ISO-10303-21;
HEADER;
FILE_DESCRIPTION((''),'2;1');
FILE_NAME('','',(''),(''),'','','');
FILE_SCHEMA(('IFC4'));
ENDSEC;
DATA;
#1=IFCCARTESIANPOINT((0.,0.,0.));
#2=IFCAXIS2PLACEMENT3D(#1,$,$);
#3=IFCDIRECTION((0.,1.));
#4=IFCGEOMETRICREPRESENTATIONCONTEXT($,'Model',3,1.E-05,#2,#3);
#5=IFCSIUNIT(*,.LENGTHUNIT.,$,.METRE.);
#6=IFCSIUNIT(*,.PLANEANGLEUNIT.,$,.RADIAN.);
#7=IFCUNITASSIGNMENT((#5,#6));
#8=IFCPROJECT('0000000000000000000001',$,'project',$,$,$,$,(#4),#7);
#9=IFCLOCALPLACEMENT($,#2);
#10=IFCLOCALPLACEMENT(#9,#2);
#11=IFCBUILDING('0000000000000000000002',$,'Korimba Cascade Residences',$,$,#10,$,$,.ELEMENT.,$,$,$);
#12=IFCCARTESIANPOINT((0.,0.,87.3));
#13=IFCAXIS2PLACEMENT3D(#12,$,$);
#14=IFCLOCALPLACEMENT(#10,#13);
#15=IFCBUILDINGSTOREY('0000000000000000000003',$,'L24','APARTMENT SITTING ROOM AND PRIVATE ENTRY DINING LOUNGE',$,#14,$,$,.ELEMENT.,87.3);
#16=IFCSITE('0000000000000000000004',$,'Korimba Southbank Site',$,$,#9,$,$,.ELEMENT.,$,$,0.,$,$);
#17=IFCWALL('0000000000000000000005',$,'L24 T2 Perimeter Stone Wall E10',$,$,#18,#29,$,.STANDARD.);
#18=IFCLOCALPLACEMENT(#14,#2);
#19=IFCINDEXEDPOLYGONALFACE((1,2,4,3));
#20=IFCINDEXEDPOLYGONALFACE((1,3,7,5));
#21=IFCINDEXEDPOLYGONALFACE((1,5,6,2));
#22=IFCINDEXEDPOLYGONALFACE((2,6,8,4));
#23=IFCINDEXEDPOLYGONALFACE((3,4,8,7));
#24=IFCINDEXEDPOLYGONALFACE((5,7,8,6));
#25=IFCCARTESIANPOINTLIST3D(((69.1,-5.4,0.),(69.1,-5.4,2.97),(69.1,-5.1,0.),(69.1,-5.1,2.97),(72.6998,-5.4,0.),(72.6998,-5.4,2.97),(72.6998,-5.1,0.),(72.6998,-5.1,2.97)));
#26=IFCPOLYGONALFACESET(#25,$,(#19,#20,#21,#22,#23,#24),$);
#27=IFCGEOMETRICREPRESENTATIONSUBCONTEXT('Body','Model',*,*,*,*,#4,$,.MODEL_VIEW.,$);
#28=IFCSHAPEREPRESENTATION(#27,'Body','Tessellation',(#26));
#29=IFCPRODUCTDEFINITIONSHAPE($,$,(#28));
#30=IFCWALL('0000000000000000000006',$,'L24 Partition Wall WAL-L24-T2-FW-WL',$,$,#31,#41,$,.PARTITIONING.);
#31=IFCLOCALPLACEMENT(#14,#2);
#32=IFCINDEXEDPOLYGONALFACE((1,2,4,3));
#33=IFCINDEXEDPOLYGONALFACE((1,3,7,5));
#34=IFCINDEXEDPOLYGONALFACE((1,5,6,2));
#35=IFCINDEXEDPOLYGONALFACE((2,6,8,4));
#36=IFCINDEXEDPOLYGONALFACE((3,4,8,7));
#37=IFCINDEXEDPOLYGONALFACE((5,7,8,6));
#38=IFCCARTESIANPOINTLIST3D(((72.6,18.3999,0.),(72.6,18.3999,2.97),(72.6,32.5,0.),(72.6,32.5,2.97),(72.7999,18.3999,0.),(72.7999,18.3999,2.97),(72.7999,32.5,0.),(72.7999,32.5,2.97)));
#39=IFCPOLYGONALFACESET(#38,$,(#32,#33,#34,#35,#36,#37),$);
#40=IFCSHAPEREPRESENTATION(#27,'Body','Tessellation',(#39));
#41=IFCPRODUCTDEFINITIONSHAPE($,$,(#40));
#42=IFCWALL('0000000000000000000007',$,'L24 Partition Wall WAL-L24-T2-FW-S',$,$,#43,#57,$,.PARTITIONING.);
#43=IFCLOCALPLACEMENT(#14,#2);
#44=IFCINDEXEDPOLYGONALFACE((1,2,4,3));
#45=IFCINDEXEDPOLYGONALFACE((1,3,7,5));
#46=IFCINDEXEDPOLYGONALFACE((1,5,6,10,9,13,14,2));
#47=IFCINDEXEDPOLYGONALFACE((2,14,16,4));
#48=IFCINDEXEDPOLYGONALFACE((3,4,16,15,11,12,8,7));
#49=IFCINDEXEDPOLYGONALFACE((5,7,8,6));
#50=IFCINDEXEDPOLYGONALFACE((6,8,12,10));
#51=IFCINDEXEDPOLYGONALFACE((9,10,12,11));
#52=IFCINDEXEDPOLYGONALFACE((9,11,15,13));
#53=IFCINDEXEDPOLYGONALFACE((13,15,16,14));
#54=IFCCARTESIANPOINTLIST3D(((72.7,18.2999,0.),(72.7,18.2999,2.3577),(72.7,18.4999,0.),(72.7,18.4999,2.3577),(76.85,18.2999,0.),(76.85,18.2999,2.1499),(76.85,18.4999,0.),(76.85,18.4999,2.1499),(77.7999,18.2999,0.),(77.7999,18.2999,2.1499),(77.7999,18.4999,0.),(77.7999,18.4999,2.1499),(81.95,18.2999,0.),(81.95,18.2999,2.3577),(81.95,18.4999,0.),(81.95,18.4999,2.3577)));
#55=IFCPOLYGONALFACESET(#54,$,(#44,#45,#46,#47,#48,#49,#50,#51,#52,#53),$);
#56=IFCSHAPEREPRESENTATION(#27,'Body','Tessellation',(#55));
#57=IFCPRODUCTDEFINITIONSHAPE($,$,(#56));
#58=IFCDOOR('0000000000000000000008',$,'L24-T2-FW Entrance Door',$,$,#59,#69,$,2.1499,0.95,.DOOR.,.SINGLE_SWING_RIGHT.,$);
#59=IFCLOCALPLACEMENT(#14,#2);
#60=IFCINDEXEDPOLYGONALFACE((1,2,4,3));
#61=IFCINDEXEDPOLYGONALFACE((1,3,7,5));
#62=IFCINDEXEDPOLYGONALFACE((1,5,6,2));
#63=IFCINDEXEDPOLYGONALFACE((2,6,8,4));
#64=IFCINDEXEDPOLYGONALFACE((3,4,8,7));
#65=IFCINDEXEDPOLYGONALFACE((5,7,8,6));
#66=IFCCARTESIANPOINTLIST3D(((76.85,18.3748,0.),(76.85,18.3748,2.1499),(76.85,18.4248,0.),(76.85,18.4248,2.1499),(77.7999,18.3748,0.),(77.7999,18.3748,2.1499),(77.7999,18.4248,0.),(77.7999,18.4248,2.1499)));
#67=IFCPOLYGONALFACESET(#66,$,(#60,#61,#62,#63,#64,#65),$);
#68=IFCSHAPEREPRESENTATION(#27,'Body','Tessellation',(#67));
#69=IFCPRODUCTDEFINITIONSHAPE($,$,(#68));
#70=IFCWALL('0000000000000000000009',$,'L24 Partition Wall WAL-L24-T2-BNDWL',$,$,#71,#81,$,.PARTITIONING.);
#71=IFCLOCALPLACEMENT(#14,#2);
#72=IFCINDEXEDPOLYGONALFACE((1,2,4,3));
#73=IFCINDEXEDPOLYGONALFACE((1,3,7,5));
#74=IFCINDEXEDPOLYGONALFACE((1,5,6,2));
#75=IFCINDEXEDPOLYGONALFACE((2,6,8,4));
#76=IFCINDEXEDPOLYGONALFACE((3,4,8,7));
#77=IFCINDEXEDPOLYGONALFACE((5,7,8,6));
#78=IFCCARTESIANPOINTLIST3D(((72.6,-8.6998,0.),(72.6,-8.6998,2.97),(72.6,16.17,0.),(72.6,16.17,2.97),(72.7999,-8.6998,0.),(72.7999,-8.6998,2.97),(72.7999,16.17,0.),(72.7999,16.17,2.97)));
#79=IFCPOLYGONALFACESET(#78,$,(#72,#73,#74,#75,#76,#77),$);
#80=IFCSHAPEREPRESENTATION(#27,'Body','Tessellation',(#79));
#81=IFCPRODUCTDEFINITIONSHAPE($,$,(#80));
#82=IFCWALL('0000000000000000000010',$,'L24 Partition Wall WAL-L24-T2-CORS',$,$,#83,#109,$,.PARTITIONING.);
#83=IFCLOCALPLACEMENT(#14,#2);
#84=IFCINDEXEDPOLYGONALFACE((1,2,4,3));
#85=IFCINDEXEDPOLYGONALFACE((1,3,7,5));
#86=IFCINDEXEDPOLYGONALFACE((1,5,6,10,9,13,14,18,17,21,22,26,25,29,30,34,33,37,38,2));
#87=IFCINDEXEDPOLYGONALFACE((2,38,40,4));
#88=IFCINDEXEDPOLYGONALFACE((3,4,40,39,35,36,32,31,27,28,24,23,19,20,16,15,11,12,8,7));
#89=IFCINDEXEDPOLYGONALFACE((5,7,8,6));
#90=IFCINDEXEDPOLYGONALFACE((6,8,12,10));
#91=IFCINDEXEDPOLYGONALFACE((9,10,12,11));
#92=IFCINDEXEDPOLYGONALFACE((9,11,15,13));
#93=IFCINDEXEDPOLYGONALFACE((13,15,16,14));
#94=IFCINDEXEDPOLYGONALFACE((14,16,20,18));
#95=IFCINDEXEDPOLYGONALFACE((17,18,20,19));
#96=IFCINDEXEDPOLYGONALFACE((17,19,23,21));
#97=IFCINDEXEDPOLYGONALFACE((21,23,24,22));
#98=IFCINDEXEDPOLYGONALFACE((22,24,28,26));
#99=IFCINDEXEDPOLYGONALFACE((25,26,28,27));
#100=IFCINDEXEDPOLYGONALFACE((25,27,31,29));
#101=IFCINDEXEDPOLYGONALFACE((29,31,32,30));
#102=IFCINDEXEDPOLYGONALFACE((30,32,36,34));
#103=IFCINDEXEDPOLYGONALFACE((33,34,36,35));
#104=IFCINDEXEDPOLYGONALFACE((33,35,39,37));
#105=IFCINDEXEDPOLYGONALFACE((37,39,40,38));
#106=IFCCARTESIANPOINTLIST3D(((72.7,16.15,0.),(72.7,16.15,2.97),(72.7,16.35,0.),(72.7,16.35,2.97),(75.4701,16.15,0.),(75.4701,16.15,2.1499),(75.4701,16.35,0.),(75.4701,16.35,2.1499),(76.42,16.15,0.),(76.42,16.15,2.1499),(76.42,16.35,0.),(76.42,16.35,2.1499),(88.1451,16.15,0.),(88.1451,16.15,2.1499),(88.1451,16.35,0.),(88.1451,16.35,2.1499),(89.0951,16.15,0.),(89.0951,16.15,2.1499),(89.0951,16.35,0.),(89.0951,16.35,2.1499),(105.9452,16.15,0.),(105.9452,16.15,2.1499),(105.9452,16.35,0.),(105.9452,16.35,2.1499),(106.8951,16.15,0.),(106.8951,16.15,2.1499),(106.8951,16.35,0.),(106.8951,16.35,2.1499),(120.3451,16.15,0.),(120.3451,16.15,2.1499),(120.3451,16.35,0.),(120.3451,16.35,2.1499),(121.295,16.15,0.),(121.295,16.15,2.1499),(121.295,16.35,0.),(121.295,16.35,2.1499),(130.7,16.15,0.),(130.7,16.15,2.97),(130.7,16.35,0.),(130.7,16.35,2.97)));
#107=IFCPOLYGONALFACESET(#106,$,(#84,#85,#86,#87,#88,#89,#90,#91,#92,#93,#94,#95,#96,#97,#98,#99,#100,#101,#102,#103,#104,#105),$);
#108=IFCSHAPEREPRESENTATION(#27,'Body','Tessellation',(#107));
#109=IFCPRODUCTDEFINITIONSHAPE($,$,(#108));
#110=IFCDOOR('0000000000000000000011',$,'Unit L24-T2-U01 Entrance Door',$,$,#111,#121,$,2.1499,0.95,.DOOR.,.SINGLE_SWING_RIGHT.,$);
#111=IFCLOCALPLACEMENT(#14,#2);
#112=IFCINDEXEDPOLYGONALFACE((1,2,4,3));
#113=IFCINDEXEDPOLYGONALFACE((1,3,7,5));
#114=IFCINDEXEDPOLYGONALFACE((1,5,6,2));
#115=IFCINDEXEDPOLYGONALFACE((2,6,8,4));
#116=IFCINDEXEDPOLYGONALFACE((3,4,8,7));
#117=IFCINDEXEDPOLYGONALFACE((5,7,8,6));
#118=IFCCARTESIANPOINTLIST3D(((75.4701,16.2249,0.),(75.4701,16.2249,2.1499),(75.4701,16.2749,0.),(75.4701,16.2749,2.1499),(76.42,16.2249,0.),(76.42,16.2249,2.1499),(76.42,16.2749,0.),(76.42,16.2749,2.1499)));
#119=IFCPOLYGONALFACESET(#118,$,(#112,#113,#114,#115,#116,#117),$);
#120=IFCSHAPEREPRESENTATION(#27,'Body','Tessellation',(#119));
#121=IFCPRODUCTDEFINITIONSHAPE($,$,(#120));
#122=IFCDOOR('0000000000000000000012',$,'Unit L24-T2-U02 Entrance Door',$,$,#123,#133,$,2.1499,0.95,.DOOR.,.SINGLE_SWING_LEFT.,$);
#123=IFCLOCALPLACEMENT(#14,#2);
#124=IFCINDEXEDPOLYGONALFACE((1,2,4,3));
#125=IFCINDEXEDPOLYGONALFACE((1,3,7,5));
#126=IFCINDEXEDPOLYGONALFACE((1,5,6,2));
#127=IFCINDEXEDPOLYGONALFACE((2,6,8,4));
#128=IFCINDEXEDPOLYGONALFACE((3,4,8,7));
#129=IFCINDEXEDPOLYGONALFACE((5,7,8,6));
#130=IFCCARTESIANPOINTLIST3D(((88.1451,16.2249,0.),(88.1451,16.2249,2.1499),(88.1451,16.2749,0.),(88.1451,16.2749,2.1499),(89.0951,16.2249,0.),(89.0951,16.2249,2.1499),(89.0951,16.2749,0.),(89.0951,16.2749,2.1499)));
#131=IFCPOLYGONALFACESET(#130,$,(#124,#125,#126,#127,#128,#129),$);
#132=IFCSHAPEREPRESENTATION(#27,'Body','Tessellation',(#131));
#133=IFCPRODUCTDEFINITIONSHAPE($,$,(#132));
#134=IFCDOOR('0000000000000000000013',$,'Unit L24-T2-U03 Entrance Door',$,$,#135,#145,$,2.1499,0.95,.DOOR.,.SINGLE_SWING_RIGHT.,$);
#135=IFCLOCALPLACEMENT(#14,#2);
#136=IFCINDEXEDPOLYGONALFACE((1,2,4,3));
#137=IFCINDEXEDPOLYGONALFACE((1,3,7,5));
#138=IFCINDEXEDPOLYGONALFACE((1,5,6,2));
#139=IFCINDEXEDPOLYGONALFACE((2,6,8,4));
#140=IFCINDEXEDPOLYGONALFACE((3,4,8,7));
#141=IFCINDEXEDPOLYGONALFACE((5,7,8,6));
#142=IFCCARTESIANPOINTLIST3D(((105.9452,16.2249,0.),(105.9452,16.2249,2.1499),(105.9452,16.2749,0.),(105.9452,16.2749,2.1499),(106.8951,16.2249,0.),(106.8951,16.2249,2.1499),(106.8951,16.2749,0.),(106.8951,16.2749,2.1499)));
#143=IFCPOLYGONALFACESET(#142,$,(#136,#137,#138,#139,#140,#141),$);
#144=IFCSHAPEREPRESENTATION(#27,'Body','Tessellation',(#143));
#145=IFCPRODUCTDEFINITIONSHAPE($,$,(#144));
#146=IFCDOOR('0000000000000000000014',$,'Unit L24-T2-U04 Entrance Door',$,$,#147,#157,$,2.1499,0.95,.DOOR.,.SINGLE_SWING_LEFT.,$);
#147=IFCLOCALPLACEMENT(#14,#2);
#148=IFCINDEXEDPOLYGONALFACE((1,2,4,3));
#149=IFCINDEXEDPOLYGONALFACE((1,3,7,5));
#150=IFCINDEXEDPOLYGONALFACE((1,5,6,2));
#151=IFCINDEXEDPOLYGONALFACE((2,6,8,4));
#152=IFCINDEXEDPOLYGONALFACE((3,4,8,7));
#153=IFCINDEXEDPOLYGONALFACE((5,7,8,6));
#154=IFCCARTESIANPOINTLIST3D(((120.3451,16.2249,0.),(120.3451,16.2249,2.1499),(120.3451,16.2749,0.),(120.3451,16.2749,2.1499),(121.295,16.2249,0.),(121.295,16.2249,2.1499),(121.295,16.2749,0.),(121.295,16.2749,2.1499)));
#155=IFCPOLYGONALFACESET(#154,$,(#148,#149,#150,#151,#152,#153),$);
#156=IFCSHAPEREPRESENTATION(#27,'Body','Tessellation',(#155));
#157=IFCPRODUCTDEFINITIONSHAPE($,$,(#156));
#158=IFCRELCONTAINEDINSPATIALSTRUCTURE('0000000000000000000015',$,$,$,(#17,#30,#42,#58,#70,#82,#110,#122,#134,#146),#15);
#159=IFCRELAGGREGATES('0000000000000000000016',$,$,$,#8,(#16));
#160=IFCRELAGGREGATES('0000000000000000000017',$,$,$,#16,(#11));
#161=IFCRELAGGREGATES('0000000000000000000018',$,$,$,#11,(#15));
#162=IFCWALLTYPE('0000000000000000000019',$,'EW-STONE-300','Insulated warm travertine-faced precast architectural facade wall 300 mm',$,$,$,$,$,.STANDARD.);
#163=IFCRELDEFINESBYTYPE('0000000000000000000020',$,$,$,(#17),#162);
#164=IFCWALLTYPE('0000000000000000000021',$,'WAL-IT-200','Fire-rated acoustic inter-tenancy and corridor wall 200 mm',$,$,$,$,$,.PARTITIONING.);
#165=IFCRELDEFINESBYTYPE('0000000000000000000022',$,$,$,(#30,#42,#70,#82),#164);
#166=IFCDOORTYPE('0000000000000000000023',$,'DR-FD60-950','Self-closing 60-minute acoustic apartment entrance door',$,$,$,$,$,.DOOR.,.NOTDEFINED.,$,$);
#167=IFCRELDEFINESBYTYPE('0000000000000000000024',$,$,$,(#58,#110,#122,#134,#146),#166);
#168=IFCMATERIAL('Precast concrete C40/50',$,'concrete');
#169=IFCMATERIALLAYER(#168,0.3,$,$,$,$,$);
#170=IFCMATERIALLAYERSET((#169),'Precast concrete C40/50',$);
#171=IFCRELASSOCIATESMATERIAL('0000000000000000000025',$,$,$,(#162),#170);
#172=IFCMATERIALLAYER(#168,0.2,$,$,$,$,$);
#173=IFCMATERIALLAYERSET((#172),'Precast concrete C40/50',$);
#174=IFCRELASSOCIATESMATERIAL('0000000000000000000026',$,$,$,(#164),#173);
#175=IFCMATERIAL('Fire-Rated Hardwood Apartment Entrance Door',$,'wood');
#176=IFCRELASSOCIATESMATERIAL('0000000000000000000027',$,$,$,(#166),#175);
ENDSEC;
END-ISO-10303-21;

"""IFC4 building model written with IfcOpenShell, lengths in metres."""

from ifc_helpers import new_model, si_unit, direction, frame, frame_2d, origin, place, context, subcontext, project, spatial, rectangle, extrude, material, layer, layer_set, type_object, element, fill, save


model = new_model("IFC4")

# Units and contexts
model_context = context("Model", 3, precision=1e-05, world=origin(), true_north=direction((0.0, 1.0)))
body_context = subcontext(model_context, "Body", "Model", "MODEL_VIEW")
ifc_project = project(units=[si_unit("LENGTHUNIT", "METRE"), si_unit("PLANEANGLEUNIT", "RADIAN")], contexts=[model_context])

# Site, building, storey
site_placement = place(None, origin())
site = spatial("IfcSite", under=ifc_project, at=site_placement, Name="Korimba Southbank Site", CompositionType="ELEMENT", RefElevation=0.0)
building_placement = place(site_placement, origin())
building = spatial("IfcBuilding", under=site, at=building_placement, Name="Korimba Cascade Residences", CompositionType="ELEMENT")
storey_placement = place(building_placement, frame((0.0, 0.0, 87.3)))
storey = spatial("IfcBuildingStorey", under=building, at=storey_placement, Name="L24", Description="APARTMENT SITTING ROOM AND PRIVATE ENTRY DINING LOUNGE", CompositionType="ELEMENT", Elevation=87.3)

# Shared definitions
ifc_material_1 = material(Name="Precast concrete C40/50", Category="concrete")

# Walls
ifc_layer_1 = layer(ifc_material_1, 0.3)
ifc_layer_set_1 = layer_set([ifc_layer_1], Name="Precast concrete C40/50")
wall_type_1 = type_object("IfcWallType", Name="EW-STONE-300", Description="Insulated warm travertine-faced precast architectural facade wall 300 mm", PredefinedType="STANDARD", material=ifc_layer_set_1)
wall_1_placement = place(storey_placement, frame((69.1001, -5.25, 0.0), z_axis=(0.0, 0.0, 1.0), x_axis=(1.0, 0.0, 0.0)))
element("IfcWall", 1, at=wall_1_placement, inside=storey, type_object=wall_type_1, Name="L24 T2 Perimeter Stone Wall E10", PredefinedType="STANDARD", context=body_context, shape_type="SweptSolid", body=[
    extrude(rectangle(XDim=3.5999, YDim=0.3, at=frame_2d((1.7998, 0.0))), origin(), (0.0, 0.0, 1.0), 2.97),
])
ifc_layer_2 = layer(ifc_material_1, 0.2)
ifc_layer_set_2 = layer_set([ifc_layer_2], Name="Precast concrete C40/50")
wall_type_2 = type_object("IfcWallType", Name="WAL-IT-200", Description="Fire-rated acoustic inter-tenancy and corridor wall 200 mm", PredefinedType="PARTITIONING", material=ifc_layer_set_2)
wall_2_placement = place(storey_placement, frame((72.7, 18.3999, 0.0), z_axis=(0.0, 0.0, 1.0), x_axis=(0.0, 1.0, 0.0)))
element("IfcWall", 2, at=wall_2_placement, inside=storey, type_object=wall_type_2, Name="L24 Partition Wall WAL-L24-T2-FW-WL", PredefinedType="PARTITIONING", context=body_context, shape_type="SweptSolid", body=[
    extrude(rectangle(XDim=14.1001, YDim=0.2, at=frame_2d((7.05, 0.0))), origin(), (0.0, 0.0, 1.0), 2.97),
])

# Wall, opening, door
wall_3_placement = place(storey_placement, frame((72.7, 18.3999, 0.0), z_axis=(0.0, 0.0, 1.0), x_axis=(1.0, 0.0, 0.0)))
wall_3 = element("IfcWall", 3, at=wall_3_placement, inside=storey, type_object=wall_type_2, Name="L24 Partition Wall WAL-L24-T2-FW-S", PredefinedType="PARTITIONING", context=body_context, shape_type="SweptSolid", body=[
    extrude(rectangle(XDim=9.25, YDim=0.2, at=frame_2d((4.625, 0.0))), origin(), (0.0, 0.0, 1.0), 2.3577),
])
opening_1_placement = place(wall_3_placement, frame((4.1499, 0.0, 0.0)))
opening_1 = element("IfcOpeningElement", 4, at=opening_1_placement, cuts=wall_3, PredefinedType="OPENING", context=body_context, shape_type="SweptSolid", body=[
    extrude(rectangle(XDim=0.95, YDim=2.1499, at=frame_2d((0.4751, 1.075))), frame((0.0, 0.1099, 0.0), z_axis=(0.0, -1.0, 0.0), x_axis=(1.0, 0.0, 0.0)), (0.0, 0.0, 1.0), 0.22),
])
ifc_material_2 = material(Name="Fire-Rated Hardwood Apartment Entrance Door", Category="wood")
door_type_1 = type_object("IfcDoorType", Name="DR-FD60-950", Description="Self-closing 60-minute acoustic apartment entrance door", OperationType="NOTDEFINED", PredefinedType="DOOR", material=ifc_material_2)
door_1_placement = place(opening_1_placement, origin())
door_1 = element("IfcDoor", 5, at=door_1_placement, inside=storey, type_object=door_type_1, Name="L24-T2-FW Entrance Door", OperationType="SINGLE_SWING_RIGHT", OverallHeight=2.1499, OverallWidth=0.95, PredefinedType="DOOR", context=body_context, shape_type="SweptSolid", body=[
    extrude(rectangle(XDim=0.95, YDim=2.1499, at=frame_2d((0.4751, 1.075))), frame((0.0, 0.0249, 0.0), z_axis=(0.0, -1.0, 0.0), x_axis=(1.0, 0.0, 0.0)), (0.0, 0.0, 1.0), 0.05),
])
fill(opening_1, door_1)

# Wall
wall_4_placement = place(storey_placement, frame((72.7, -8.7, 0.0), z_axis=(0.0, 0.0, 1.0), x_axis=(0.0, 1.0, 0.0)))
element("IfcWall", 6, at=wall_4_placement, inside=storey, type_object=wall_type_2, Name="L24 Partition Wall WAL-L24-T2-BNDWL", PredefinedType="PARTITIONING", context=body_context, shape_type="SweptSolid", body=[
    extrude(rectangle(XDim=24.8699, YDim=0.2, at=frame_2d((12.4351, 0.0))), origin(), (0.0, 0.0, 1.0), 2.97),
])

# Wall, openings, doors
wall_5_placement = place(storey_placement, frame((72.7, 16.25, 0.0), z_axis=(0.0, 0.0, 1.0), x_axis=(1.0, 0.0, 0.0)))
wall_5 = element("IfcWall", 7, at=wall_5_placement, inside=storey, type_object=wall_type_2, Name="L24 Partition Wall WAL-L24-T2-CORS", PredefinedType="PARTITIONING", context=body_context, shape_type="SweptSolid", body=[
    extrude(rectangle(XDim=58.0, YDim=0.2, at=frame_2d((29.0, 0.0))), origin(), (0.0, 0.0, 1.0), 2.97),
])
opening_2_placement = place(wall_5_placement, frame((2.77, 0.0, 0.0)))
opening_2 = element("IfcOpeningElement", 8, at=opening_2_placement, cuts=wall_5, PredefinedType="OPENING", context=body_context, shape_type="SweptSolid", body=[
    extrude(rectangle(XDim=0.95, YDim=2.1499, at=frame_2d((0.4751, 1.075))), frame((0.0, 0.1099, 0.0), z_axis=(0.0, -1.0, 0.0), x_axis=(1.0, 0.0, 0.0)), (0.0, 0.0, 1.0), 0.22),
])
opening_3_placement = place(wall_5_placement, frame((15.4451, 0.0, 0.0)))
opening_3 = element("IfcOpeningElement", 9, at=opening_3_placement, cuts=wall_5, PredefinedType="OPENING", context=body_context, shape_type="SweptSolid", body=[
    extrude(rectangle(XDim=0.95, YDim=2.1499, at=frame_2d((0.4751, 1.075))), frame((0.0, 0.1099, 0.0), z_axis=(0.0, -1.0, 0.0), x_axis=(1.0, 0.0, 0.0)), (0.0, 0.0, 1.0), 0.22),
])
opening_4_placement = place(wall_5_placement, frame((33.2451, 0.0, 0.0)))
opening_4 = element("IfcOpeningElement", 10, at=opening_4_placement, cuts=wall_5, PredefinedType="OPENING", context=body_context, shape_type="SweptSolid", body=[
    extrude(rectangle(XDim=0.95, YDim=2.1499, at=frame_2d((0.4751, 1.075))), frame((0.0, 0.1099, 0.0), z_axis=(0.0, -1.0, 0.0), x_axis=(1.0, 0.0, 0.0)), (0.0, 0.0, 1.0), 0.22),
])
opening_5_placement = place(wall_5_placement, frame((47.645, 0.0, 0.0)))
opening_5 = element("IfcOpeningElement", 11, at=opening_5_placement, cuts=wall_5, PredefinedType="OPENING", context=body_context, shape_type="SweptSolid", body=[
    extrude(rectangle(XDim=0.95, YDim=2.1499, at=frame_2d((0.4751, 1.075))), frame((0.0, 0.1099, 0.0), z_axis=(0.0, -1.0, 0.0), x_axis=(1.0, 0.0, 0.0)), (0.0, 0.0, 1.0), 0.22),
])
door_2_placement = place(opening_2_placement, origin())
door_2 = element("IfcDoor", 12, at=door_2_placement, inside=storey, type_object=door_type_1, Name="Unit L24-T2-U01 Entrance Door", OperationType="SINGLE_SWING_RIGHT", OverallHeight=2.1499, OverallWidth=0.95, PredefinedType="DOOR", context=body_context, shape_type="SweptSolid", body=[
    extrude(rectangle(XDim=0.95, YDim=2.1499, at=frame_2d((0.4751, 1.075))), frame((0.0, 0.0249, 0.0), z_axis=(0.0, -1.0, 0.0), x_axis=(1.0, 0.0, 0.0)), (0.0, 0.0, 1.0), 0.05),
])
fill(opening_2, door_2)
door_3_placement = place(opening_3_placement, origin())
door_3 = element("IfcDoor", 13, at=door_3_placement, inside=storey, type_object=door_type_1, Name="Unit L24-T2-U02 Entrance Door", OperationType="SINGLE_SWING_LEFT", OverallHeight=2.1499, OverallWidth=0.95, PredefinedType="DOOR", context=body_context, shape_type="SweptSolid", body=[
    extrude(rectangle(XDim=0.95, YDim=2.1499, at=frame_2d((0.4751, 1.075))), frame((0.0, 0.0249, 0.0), z_axis=(0.0, -1.0, 0.0), x_axis=(1.0, 0.0, 0.0)), (0.0, 0.0, 1.0), 0.05),
])
fill(opening_3, door_3)
door_4_placement = place(opening_4_placement, origin())
door_4 = element("IfcDoor", 14, at=door_4_placement, inside=storey, type_object=door_type_1, Name="Unit L24-T2-U03 Entrance Door", OperationType="SINGLE_SWING_RIGHT", OverallHeight=2.1499, OverallWidth=0.95, PredefinedType="DOOR", context=body_context, shape_type="SweptSolid", body=[
    extrude(rectangle(XDim=0.95, YDim=2.1499, at=frame_2d((0.4751, 1.075))), frame((0.0, 0.0249, 0.0), z_axis=(0.0, -1.0, 0.0), x_axis=(1.0, 0.0, 0.0)), (0.0, 0.0, 1.0), 0.05),
])
fill(opening_4, door_4)
door_5_placement = place(opening_5_placement, origin())
door_5 = element("IfcDoor", 15, at=door_5_placement, inside=storey, type_object=door_type_1, Name="Unit L24-T2-U04 Entrance Door", OperationType="SINGLE_SWING_LEFT", OverallHeight=2.1499, OverallWidth=0.95, PredefinedType="DOOR", context=body_context, shape_type="SweptSolid", body=[
    extrude(rectangle(XDim=0.95, YDim=2.1499, at=frame_2d((0.4751, 1.075))), frame((0.0, 0.0249, 0.0), z_axis=(0.0, -1.0, 0.0), x_axis=(1.0, 0.0, 0.0)), (0.0, 0.0, 1.0), 0.05),
])
fill(opening_5, door_5)

save(model, "model.ifc")
